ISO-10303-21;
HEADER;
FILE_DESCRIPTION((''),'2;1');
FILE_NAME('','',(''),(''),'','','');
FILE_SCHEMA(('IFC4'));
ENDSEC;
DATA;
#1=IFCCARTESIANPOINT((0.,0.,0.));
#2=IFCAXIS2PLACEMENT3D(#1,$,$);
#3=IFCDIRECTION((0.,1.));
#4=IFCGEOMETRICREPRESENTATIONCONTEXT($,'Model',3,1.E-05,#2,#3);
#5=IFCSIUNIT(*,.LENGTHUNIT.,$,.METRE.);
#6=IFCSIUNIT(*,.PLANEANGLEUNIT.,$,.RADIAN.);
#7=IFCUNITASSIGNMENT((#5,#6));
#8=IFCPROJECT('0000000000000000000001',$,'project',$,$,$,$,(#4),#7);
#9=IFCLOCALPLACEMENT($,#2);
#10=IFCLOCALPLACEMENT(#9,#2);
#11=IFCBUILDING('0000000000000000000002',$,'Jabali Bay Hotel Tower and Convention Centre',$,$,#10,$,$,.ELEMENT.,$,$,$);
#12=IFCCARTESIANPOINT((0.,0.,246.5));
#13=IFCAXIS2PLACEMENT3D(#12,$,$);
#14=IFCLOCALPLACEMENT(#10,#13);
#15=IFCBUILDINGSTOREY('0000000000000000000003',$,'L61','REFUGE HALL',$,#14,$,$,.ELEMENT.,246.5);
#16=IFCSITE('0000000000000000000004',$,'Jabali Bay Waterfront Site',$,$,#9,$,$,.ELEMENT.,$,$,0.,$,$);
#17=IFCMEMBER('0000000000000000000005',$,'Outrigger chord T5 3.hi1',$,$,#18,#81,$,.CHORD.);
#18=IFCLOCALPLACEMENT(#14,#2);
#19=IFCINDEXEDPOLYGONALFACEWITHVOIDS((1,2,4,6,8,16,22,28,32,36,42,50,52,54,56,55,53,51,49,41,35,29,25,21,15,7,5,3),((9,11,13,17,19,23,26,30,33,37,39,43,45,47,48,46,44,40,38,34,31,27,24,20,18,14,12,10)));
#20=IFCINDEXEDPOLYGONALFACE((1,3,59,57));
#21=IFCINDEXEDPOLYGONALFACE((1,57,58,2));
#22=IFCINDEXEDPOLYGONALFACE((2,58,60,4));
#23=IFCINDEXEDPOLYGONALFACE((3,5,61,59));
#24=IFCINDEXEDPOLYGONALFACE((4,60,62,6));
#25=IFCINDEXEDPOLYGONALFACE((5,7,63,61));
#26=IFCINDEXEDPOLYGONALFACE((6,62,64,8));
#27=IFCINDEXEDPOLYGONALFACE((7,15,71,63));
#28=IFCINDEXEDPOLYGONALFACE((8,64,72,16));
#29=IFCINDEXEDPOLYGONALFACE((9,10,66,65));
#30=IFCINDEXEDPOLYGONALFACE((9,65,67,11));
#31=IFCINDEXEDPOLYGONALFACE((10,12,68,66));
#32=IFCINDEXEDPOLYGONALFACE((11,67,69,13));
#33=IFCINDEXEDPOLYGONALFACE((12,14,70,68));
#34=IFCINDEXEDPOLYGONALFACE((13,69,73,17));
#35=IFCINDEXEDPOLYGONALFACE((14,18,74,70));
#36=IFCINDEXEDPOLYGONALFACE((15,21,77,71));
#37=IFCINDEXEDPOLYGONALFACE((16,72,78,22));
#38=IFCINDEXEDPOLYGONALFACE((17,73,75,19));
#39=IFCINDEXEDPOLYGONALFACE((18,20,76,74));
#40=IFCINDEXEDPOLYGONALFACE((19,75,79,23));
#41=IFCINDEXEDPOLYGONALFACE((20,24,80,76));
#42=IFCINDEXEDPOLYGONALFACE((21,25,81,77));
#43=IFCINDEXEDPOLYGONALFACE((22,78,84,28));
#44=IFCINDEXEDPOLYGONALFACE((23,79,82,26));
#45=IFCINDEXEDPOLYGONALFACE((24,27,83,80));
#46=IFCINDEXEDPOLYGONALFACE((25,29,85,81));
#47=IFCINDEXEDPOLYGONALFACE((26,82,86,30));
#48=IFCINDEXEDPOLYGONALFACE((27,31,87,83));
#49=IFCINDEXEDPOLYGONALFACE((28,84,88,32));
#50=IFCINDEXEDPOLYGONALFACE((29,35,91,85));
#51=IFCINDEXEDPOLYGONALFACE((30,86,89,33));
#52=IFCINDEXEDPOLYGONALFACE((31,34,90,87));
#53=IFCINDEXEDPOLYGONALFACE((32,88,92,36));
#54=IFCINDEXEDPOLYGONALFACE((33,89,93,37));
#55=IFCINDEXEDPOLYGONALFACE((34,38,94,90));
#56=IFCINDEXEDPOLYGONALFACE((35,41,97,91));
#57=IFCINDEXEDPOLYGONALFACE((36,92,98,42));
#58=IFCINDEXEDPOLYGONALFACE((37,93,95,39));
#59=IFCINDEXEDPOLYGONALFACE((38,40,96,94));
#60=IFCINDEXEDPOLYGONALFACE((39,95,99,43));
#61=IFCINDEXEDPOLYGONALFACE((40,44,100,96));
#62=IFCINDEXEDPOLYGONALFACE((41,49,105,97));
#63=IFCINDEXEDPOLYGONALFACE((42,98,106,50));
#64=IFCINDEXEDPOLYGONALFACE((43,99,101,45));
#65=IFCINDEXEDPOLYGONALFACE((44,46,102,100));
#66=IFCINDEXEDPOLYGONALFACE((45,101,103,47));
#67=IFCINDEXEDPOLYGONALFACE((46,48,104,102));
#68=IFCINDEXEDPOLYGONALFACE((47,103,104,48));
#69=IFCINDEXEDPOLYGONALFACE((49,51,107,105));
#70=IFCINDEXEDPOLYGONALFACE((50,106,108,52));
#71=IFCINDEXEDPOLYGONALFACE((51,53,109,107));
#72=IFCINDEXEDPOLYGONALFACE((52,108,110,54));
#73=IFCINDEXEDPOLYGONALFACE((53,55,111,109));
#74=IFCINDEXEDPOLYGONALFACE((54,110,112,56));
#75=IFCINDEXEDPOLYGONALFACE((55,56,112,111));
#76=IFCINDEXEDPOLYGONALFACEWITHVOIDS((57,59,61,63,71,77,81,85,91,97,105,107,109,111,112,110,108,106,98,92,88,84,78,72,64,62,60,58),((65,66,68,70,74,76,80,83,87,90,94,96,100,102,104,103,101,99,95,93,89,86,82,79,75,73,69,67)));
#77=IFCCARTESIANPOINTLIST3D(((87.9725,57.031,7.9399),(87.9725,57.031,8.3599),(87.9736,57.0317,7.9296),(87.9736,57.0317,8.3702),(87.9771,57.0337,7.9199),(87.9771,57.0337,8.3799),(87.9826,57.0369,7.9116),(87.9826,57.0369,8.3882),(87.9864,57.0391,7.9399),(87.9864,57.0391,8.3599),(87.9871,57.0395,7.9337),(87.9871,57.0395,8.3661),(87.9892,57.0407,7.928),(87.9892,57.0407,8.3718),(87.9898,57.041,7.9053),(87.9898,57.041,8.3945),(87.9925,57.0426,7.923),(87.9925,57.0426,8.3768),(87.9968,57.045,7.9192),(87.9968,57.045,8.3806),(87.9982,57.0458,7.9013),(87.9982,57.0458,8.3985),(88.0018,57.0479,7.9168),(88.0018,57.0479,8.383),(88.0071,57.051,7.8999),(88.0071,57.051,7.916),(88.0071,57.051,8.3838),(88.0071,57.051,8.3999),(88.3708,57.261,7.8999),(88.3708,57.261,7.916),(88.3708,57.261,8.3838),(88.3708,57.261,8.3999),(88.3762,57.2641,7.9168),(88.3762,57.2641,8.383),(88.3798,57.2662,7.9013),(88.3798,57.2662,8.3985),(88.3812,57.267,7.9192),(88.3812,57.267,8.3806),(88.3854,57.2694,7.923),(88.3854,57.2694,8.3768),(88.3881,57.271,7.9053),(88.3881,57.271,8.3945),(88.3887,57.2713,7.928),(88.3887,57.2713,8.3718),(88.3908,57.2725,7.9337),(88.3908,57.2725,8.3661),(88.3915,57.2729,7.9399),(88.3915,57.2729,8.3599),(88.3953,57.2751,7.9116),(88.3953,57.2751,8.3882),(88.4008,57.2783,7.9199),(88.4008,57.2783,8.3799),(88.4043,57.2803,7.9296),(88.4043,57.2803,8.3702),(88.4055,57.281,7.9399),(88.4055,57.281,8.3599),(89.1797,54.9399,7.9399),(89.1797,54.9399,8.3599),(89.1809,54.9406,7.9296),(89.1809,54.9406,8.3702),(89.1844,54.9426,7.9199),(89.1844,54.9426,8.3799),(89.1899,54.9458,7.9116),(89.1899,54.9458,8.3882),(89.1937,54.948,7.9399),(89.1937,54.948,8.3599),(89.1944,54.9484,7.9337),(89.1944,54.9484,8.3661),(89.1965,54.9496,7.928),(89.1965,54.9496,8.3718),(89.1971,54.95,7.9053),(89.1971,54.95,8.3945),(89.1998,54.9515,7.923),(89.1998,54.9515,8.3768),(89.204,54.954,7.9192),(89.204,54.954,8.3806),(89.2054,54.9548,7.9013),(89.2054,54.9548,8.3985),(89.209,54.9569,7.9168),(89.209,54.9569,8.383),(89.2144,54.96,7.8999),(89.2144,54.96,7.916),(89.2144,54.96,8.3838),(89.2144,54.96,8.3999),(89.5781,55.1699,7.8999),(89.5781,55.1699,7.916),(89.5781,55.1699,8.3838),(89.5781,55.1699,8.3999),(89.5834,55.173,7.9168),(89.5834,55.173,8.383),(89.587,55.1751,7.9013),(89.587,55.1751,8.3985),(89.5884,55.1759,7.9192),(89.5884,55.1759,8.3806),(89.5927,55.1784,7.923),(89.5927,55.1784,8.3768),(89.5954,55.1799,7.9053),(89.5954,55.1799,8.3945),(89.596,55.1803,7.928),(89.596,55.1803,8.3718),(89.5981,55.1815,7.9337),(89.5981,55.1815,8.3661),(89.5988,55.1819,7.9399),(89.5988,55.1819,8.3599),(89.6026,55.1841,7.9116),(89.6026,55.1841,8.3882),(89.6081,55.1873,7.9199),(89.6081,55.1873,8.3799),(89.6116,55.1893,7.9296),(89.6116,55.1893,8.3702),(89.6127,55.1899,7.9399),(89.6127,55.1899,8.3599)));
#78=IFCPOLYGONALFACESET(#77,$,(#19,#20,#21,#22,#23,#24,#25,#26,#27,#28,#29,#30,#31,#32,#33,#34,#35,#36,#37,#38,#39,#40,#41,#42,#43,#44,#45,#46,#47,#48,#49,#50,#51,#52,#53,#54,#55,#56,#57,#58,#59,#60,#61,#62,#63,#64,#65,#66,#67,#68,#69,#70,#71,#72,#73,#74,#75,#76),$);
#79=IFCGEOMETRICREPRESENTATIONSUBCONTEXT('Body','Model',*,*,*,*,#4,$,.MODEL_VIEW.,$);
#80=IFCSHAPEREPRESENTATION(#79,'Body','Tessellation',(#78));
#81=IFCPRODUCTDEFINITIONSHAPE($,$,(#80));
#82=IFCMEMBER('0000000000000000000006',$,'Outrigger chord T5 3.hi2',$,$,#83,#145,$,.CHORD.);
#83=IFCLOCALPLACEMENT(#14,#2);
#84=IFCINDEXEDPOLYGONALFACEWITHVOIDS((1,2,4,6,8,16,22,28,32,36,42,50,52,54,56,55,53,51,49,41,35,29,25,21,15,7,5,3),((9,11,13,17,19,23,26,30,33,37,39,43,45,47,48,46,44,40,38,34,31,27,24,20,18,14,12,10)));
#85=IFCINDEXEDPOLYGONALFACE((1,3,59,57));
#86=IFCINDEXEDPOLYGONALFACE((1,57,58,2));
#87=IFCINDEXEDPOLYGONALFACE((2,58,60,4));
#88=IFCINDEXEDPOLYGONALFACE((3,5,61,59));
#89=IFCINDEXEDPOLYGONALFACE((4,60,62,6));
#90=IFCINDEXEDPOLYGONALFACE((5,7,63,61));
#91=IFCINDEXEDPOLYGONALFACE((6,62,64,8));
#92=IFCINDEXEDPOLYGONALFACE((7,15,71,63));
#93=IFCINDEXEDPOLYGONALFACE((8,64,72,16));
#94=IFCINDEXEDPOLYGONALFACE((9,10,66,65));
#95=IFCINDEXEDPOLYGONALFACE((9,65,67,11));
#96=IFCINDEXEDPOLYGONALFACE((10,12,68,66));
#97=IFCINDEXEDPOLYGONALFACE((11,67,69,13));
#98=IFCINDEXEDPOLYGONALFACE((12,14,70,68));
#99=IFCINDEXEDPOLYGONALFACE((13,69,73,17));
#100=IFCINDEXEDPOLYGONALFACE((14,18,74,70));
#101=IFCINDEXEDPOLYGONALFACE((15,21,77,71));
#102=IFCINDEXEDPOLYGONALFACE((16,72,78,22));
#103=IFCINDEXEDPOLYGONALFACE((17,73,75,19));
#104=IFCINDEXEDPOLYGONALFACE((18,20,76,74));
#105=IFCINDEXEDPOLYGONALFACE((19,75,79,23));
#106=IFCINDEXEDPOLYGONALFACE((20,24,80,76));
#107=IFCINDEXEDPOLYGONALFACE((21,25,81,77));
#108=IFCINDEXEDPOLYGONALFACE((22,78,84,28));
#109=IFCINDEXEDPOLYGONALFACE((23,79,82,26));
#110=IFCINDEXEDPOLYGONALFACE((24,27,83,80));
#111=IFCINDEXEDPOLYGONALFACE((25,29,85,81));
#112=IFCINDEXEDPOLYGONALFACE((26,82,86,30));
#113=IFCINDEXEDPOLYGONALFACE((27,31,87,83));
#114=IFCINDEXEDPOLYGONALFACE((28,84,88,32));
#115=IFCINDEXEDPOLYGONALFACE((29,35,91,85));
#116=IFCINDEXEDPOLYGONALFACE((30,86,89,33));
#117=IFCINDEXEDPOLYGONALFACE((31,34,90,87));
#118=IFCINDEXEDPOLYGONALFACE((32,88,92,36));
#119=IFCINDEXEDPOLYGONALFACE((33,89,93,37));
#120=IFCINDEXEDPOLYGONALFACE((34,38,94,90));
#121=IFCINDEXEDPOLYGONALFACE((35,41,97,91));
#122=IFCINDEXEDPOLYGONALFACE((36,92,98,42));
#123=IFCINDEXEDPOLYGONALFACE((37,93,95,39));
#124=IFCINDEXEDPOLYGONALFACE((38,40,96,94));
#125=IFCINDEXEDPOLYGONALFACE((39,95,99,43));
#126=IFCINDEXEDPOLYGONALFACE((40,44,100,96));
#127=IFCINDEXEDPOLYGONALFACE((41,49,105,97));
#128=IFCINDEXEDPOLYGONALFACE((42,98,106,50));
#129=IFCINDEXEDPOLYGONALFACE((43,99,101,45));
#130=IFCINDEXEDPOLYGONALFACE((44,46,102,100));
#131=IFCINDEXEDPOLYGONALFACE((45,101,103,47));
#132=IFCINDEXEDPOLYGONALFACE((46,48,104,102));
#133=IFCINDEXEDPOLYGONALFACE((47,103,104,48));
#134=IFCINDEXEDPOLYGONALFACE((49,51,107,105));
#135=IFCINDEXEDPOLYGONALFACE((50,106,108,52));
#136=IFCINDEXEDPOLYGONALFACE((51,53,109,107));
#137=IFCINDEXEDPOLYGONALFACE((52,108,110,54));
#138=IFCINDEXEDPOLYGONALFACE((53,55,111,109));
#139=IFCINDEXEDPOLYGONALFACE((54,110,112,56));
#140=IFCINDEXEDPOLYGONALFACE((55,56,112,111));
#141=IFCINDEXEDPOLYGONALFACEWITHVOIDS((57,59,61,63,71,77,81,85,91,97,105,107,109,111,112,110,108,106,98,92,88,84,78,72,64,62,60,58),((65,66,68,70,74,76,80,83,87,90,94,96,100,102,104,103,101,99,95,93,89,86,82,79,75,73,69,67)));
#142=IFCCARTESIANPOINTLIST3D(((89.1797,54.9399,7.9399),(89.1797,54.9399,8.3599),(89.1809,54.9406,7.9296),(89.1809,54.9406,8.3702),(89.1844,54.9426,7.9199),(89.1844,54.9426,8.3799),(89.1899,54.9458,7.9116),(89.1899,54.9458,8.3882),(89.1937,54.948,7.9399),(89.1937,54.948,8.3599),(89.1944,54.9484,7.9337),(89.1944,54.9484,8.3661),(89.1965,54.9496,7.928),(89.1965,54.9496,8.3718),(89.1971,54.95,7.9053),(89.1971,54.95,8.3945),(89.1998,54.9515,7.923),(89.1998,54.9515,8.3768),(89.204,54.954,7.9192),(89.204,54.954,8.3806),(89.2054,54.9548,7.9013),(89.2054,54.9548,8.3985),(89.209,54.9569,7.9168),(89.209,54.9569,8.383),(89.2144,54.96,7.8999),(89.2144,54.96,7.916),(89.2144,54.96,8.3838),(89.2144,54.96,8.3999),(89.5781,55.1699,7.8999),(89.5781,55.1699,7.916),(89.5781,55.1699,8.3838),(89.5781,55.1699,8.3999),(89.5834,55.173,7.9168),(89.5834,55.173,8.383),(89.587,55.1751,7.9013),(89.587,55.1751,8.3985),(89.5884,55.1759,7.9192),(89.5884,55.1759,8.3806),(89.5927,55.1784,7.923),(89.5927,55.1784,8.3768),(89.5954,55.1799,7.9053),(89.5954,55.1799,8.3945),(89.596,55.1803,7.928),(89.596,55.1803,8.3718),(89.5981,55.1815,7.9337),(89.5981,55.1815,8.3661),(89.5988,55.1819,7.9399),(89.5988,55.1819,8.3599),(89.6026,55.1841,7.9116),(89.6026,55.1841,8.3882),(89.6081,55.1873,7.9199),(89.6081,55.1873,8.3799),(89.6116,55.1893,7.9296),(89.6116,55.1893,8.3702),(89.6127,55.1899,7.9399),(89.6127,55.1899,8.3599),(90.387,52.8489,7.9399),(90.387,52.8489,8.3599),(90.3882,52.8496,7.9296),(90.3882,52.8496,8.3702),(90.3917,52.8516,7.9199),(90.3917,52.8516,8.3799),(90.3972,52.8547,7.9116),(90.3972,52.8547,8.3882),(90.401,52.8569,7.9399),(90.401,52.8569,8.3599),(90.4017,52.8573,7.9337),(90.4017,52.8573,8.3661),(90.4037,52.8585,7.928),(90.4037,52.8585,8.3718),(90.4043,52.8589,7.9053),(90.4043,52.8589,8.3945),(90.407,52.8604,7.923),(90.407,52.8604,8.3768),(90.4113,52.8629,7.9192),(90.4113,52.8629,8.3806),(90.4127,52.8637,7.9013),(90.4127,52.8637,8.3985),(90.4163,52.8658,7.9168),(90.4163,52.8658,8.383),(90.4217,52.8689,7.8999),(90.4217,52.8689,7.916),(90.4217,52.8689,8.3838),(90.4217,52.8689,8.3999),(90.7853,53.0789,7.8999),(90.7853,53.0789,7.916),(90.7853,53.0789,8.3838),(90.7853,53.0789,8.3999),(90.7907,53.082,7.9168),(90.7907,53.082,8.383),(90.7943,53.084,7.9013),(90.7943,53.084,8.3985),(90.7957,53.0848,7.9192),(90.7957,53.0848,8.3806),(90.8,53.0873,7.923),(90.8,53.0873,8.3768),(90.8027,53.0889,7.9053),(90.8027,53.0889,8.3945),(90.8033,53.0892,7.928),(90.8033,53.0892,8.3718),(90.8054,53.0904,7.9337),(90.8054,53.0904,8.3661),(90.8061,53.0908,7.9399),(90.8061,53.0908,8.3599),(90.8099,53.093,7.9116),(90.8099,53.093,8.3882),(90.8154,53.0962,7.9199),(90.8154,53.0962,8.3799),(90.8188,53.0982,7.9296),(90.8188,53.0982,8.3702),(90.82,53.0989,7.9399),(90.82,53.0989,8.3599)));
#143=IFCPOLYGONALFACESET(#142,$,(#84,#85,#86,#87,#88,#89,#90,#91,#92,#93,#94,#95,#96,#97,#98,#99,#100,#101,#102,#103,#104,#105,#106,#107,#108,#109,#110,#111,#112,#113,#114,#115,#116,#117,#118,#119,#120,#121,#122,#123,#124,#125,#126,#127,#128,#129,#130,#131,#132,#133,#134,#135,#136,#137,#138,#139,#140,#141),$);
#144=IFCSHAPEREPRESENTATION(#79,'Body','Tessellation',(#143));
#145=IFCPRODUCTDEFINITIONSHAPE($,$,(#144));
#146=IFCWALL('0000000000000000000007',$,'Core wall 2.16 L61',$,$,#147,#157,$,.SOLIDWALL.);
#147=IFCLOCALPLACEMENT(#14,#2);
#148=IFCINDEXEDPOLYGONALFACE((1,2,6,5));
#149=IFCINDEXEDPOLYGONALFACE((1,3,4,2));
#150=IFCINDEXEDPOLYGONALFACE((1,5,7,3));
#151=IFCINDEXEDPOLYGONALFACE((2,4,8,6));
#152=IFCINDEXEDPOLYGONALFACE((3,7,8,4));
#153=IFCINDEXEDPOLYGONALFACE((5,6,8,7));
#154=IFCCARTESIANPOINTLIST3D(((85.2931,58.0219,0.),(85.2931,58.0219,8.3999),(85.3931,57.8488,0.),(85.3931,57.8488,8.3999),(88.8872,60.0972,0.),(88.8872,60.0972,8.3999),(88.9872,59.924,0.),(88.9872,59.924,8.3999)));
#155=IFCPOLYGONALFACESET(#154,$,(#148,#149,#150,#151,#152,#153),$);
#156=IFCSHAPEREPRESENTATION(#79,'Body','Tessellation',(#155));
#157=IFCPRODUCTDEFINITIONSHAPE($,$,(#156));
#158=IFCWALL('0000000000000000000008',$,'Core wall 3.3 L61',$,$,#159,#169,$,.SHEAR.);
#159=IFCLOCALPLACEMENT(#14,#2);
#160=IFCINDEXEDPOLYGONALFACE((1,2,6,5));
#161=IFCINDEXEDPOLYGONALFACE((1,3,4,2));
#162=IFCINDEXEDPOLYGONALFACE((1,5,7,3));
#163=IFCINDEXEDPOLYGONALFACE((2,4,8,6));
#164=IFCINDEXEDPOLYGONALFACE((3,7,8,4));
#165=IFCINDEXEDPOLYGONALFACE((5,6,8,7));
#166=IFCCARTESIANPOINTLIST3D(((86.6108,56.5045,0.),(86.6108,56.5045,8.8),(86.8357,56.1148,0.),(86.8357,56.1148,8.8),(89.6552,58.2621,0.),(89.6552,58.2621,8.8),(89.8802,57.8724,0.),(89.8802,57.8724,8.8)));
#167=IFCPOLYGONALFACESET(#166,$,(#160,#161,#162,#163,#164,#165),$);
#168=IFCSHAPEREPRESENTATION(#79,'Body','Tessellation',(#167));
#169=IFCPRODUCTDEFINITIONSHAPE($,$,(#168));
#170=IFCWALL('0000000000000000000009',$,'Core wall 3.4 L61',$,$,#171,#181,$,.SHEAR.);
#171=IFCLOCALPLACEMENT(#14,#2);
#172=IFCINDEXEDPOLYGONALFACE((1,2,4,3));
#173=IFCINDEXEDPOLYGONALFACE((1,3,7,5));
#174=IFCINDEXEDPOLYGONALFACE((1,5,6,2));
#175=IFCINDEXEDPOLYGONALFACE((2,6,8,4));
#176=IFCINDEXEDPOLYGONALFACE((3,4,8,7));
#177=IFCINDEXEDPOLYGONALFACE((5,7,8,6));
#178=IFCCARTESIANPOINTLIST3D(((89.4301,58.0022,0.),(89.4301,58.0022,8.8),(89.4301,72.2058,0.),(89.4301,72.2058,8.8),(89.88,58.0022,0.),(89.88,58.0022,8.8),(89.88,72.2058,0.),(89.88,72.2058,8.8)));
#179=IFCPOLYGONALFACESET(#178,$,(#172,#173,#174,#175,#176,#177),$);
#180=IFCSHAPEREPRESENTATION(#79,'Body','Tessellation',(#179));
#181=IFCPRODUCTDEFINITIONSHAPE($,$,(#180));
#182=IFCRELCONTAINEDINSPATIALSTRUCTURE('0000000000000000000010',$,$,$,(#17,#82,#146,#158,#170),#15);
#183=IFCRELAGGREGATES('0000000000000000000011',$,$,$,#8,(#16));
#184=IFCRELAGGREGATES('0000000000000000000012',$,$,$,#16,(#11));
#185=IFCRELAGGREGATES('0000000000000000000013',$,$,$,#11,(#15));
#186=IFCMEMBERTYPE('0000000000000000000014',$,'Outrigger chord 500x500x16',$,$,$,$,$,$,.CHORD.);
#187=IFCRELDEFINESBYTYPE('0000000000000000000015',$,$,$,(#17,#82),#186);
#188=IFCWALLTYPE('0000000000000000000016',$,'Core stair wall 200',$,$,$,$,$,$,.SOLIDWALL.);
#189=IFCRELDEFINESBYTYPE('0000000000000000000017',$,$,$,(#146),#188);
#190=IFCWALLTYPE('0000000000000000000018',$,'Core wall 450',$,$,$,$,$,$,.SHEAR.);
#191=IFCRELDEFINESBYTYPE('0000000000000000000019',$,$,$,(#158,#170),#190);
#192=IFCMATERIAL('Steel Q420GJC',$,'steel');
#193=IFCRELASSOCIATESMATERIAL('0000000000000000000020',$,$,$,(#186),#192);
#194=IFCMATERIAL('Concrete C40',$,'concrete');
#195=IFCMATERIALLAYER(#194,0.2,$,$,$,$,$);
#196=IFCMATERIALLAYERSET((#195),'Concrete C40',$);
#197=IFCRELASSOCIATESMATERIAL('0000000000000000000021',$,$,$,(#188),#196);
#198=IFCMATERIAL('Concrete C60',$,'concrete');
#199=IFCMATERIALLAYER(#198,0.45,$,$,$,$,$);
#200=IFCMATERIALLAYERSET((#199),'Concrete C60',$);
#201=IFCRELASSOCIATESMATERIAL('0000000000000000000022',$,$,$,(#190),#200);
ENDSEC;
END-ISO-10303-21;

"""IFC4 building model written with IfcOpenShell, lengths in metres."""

from ifc_helpers import new_model, si_unit, direction, frame, frame_2d, origin, origin_2d, place, context, subcontext, project, spatial, rectangle, hollow_rectangle, extrude, material, layer, layer_set, material_profile, profile_set, type_object, element, save


model = new_model("IFC4")

# Units and contexts
model_context = context("Model", 3, precision=1e-05, world=origin(), true_north=direction((0.0, 1.0)))
body_context = subcontext(model_context, "Body", "Model", "MODEL_VIEW")
ifc_project = project(units=[si_unit("LENGTHUNIT", "METRE"), si_unit("PLANEANGLEUNIT", "RADIAN")], contexts=[model_context])

# Site, building, storey
site_placement = place(None, origin())
site = spatial("IfcSite", under=ifc_project, at=site_placement, Name="Jabali Bay Waterfront Site", CompositionType="ELEMENT", RefElevation=0.0)
building_placement = place(site_placement, origin())
building = spatial("IfcBuilding", under=site, at=building_placement, Name="Jabali Bay Hotel Tower and Convention Centre", CompositionType="ELEMENT")
storey_placement = place(building_placement, frame((0.0, 0.0, 246.5)))
storey = spatial("IfcBuildingStorey", under=building, at=storey_placement, Name="L61", Description="REFUGE HALL", CompositionType="ELEMENT", Elevation=246.5)

# Shared definitions
ifc_material_1 = material(Name="Concrete C60", Category="concrete")

# Members
ifc_material_2 = material(Name="Steel Q420GJC", Category="steel")
ifc_material_profile_1 = material_profile(ifc_material_2, hollow_rectangle(XDim=0.5, YDim=0.5, WallThickness=0.0161, InnerFilletRadius=0.0239, OuterFilletRadius=0.04, at=origin_2d()), Name="Outrigger chord 500x500x16")
ifc_profile_set_1 = profile_set([ifc_material_profile_1], Name="Steel Q420GJC")
member_type_1 = type_object("IfcMemberType", Name="Outrigger chord 500x500x16", PredefinedType="CHORD", material=ifc_profile_set_1)
for number, where, z_axis, x_axis, name in (
    (1, (88.189, 57.156, 8.1499), (0.5, -0.866026, 0.0), (0.866026, 0.5, 0.0), "Outrigger chord T5 3.hi1"),
    (2, (89.3962, 55.0649, 8.1499), (0.5, -0.866026, 0.0), (0.866026, 0.5, 0.0), "Outrigger chord T5 3.hi2"),
):
    element("IfcMember", number, at=place(storey_placement, frame(where, z_axis=z_axis, x_axis=x_axis)), inside=storey, type_object=member_type_1, Name=name, PredefinedType="CHORD", context=body_context, shape_type="SweptSolid", body=[
        extrude(hollow_rectangle(XDim=0.5, YDim=0.5, WallThickness=0.0161, InnerFilletRadius=0.0239, OuterFilletRadius=0.04, at=origin_2d()), origin(), (0.0, 0.0, 1.0), 2.4146),
    ])

# Walls
ifc_material_3 = material(Name="Concrete C40", Category="concrete")
ifc_layer_1 = layer(ifc_material_3, 0.2)
ifc_layer_set_1 = layer_set([ifc_layer_1], Name="Concrete C40")
wall_type_1 = type_object("IfcWallType", Name="Core stair wall 200", PredefinedType="SOLIDWALL", material=ifc_layer_set_1)
wall_1_placement = place(storey_placement, frame((85.343, 57.9353, 0.0), z_axis=(0.0, 0.0, 1.0), x_axis=(0.866004, 0.500036, 0.0)))
element("IfcWall", 3, at=wall_1_placement, inside=storey, type_object=wall_type_1, Name="Core wall 2.16 L61", PredefinedType="SOLIDWALL", context=body_context, shape_type="SweptSolid", body=[
    extrude(rectangle(XDim=4.1501, YDim=0.2, at=frame_2d((2.0752, 0.0))), origin(), (0.0, 0.0, 1.0), 8.3999),
])
ifc_layer_2 = layer(ifc_material_1, 0.45)
ifc_layer_set_2 = layer_set([ifc_layer_2], Name="Concrete C60")
wall_type_2 = type_object("IfcWallType", Name="Core wall 450", PredefinedType="SHEAR", material=ifc_layer_set_2)
wall_2_placement = place(storey_placement, frame((86.7231, 56.3096, 0.0), z_axis=(0.0, 0.0, 1.0), x_axis=(0.866042, 0.499971, 0.0)))
element("IfcWall", 4, at=wall_2_placement, inside=storey, type_object=wall_type_2, Name="Core wall 3.3 L61", PredefinedType="SHEAR", context=body_context, shape_type="SweptSolid", body=[
    extrude(rectangle(XDim=3.5154, YDim=0.45, at=frame_2d((1.7578, 0.0))), origin(), (0.0, 0.0, 1.0), 8.8),
])
wall_3_placement = place(storey_placement, frame((89.655, 58.0022, 0.0), z_axis=(0.0, 0.0, 1.0), x_axis=(0.0, 1.0, 0.0)))
element("IfcWall", 5, at=wall_3_placement, inside=storey, type_object=wall_type_2, Name="Core wall 3.4 L61", PredefinedType="SHEAR", context=body_context, shape_type="SweptSolid", body=[
    extrude(rectangle(XDim=14.2036, YDim=0.45, at=frame_2d((7.1018, 0.0))), origin(), (0.0, 0.0, 1.0), 8.8),
])

save(model, "model.ifc")
